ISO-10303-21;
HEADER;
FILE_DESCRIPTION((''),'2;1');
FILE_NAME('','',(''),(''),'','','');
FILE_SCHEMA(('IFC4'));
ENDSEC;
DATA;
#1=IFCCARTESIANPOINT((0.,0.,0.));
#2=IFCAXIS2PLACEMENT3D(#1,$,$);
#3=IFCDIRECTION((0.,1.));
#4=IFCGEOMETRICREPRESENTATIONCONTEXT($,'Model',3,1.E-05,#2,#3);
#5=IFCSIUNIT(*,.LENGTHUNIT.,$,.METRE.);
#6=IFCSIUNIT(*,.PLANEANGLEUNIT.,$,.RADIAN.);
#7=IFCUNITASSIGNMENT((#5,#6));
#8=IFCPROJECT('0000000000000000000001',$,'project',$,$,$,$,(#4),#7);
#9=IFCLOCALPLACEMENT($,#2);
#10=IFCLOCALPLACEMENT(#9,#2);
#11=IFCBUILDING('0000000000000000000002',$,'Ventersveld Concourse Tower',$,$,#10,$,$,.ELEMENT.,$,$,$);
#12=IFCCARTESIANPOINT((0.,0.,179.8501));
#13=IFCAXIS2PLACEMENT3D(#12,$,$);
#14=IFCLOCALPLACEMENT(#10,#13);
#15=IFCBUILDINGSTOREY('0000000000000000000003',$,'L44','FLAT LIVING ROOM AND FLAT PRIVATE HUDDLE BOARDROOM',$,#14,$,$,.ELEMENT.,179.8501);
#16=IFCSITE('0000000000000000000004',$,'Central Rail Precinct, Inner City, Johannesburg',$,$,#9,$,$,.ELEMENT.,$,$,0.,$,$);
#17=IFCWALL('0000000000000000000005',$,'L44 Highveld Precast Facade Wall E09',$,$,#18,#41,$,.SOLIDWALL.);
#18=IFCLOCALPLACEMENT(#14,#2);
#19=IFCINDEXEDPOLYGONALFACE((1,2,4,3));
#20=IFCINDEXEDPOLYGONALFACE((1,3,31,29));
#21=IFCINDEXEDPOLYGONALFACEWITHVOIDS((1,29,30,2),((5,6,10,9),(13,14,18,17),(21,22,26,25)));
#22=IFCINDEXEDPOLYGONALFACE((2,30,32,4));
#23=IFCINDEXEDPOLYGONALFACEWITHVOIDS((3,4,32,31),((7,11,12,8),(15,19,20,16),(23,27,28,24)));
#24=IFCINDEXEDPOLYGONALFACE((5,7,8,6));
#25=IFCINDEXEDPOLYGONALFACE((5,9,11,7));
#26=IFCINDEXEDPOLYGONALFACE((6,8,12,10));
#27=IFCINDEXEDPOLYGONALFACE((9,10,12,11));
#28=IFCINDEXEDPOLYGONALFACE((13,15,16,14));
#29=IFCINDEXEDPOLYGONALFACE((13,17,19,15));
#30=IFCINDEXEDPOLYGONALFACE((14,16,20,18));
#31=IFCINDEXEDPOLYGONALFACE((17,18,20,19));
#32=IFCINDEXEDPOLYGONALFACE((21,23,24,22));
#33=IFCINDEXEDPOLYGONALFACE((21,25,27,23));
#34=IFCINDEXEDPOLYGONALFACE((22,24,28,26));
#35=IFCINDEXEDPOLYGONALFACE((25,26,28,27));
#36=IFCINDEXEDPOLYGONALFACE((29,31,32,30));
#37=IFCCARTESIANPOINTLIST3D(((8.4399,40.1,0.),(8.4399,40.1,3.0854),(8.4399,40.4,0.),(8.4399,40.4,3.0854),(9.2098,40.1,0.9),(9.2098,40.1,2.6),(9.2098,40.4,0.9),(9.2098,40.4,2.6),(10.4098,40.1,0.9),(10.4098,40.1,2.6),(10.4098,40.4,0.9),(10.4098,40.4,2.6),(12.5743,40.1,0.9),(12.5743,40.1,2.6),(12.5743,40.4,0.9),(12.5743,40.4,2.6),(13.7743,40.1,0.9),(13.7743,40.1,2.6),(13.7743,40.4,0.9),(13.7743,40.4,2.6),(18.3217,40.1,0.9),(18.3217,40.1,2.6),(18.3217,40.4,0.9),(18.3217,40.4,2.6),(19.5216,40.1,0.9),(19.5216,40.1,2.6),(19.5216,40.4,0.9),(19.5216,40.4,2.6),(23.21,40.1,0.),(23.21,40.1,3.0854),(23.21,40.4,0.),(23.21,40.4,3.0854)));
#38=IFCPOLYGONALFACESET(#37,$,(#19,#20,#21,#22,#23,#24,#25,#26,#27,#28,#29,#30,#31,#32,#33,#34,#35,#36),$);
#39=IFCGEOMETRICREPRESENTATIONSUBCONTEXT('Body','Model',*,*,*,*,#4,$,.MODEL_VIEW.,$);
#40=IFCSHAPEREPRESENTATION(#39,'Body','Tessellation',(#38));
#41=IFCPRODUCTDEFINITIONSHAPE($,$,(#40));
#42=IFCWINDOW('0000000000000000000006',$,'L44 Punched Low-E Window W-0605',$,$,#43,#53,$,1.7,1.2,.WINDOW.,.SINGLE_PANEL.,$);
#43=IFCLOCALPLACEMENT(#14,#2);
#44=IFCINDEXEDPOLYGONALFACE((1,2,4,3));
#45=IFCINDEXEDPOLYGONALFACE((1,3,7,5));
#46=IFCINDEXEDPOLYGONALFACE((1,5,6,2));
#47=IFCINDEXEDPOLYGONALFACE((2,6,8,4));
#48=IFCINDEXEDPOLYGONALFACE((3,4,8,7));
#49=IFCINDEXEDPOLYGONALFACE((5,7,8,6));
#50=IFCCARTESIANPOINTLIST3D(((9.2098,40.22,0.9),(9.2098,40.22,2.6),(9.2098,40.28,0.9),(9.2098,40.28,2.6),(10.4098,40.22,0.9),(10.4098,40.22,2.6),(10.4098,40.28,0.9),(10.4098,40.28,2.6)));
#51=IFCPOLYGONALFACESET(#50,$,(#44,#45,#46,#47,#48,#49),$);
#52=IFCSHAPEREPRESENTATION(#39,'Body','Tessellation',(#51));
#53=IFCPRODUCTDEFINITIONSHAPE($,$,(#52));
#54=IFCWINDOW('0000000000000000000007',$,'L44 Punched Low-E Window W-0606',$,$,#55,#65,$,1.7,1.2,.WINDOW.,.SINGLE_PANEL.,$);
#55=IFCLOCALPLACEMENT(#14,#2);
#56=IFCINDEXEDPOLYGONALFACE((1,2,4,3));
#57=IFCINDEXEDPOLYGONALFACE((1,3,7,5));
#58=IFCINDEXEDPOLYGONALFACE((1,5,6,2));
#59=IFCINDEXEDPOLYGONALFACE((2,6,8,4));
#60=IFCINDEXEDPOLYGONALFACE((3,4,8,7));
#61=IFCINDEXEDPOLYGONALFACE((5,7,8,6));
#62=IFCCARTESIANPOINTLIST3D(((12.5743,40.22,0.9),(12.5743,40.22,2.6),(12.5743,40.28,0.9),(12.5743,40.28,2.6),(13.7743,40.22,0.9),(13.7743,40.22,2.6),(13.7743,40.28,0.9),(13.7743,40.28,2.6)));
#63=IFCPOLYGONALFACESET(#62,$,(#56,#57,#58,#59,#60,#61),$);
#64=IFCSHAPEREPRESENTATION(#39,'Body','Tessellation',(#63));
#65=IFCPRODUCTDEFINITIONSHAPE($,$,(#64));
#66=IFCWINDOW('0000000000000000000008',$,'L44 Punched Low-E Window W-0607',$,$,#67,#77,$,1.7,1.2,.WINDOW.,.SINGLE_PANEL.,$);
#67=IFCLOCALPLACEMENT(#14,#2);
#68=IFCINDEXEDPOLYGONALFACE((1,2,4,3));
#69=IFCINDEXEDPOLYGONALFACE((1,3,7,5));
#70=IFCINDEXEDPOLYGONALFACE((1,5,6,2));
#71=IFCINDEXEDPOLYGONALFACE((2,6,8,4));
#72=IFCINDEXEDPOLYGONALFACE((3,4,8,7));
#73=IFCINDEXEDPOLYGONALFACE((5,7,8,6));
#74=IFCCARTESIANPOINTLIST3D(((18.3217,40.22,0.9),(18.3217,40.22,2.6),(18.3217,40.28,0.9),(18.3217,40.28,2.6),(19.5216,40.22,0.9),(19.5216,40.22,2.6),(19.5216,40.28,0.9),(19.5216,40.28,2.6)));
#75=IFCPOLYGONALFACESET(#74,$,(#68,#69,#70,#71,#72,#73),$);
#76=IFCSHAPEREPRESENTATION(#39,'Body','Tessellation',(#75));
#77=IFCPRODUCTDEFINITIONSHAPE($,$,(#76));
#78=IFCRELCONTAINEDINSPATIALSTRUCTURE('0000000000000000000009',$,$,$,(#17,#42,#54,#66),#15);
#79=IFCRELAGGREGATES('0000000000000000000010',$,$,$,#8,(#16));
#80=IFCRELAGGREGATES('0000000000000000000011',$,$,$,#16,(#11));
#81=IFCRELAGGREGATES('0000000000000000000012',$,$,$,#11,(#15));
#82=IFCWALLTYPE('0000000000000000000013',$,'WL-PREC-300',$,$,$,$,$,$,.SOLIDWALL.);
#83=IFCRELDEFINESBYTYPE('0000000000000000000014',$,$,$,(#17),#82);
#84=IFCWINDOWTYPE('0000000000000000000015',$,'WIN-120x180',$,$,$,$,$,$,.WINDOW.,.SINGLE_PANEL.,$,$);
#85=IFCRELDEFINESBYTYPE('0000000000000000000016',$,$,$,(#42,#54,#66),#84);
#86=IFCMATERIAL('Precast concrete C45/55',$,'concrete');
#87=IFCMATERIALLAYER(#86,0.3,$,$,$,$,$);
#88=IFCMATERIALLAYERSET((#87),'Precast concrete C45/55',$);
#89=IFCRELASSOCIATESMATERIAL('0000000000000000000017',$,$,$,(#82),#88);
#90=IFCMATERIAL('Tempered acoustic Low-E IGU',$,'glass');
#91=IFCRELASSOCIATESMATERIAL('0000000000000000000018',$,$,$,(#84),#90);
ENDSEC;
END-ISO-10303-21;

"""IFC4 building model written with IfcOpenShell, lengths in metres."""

from ifc_helpers import new_model, si_unit, direction, frame, frame_2d, origin, place, context, subcontext, project, spatial, rectangle, extrude, material, layer, layer_set, type_object, element, fill, save


model = new_model("IFC4")

# Units and contexts
model_context = context("Model", 3, precision=1e-05, world=origin(), true_north=direction((0.0, 1.0)))
body_context = subcontext(model_context, "Body", "Model", "MODEL_VIEW")
ifc_project = project(units=[si_unit("LENGTHUNIT", "METRE"), si_unit("PLANEANGLEUNIT", "RADIAN")], contexts=[model_context])

# Site, building, storey
site_placement = place(None, origin())
site = spatial("IfcSite", under=ifc_project, at=site_placement, Name="Central Rail Precinct, Inner City, Johannesburg", CompositionType="ELEMENT", RefElevation=0.0)
building_placement = place(site_placement, origin())
building = spatial("IfcBuilding", under=site, at=building_placement, Name="Ventersveld Concourse Tower", CompositionType="ELEMENT")
storey_placement = place(building_placement, frame((0.0, 0.0, 179.8501)))
storey = spatial("IfcBuildingStorey", under=building, at=storey_placement, Name="L44", Description="FLAT LIVING ROOM AND FLAT PRIVATE HUDDLE BOARDROOM", CompositionType="ELEMENT", Elevation=179.8501)

# Shared definitions
ifc_material_1 = material(Name="Precast concrete C45/55", Category="concrete")
ifc_layer_1 = layer(ifc_material_1, 0.3)
ifc_layer_set_1 = layer_set([ifc_layer_1], Name="Precast concrete C45/55")
wall_type_1 = type_object("IfcWallType", Name="WL-PREC-300", PredefinedType="SOLIDWALL", material=ifc_layer_set_1)
ifc_material_2 = material(Name="Tempered acoustic Low-E IGU", Category="glass")

# Wall, openings, windows
wall_1_placement = place(storey_placement, frame((23.21, 40.25, 0.0), z_axis=(0.0, 0.0, 1.0), x_axis=(-1.0, 0.0, 0.0)))
wall_1 = element("IfcWall", 1, at=wall_1_placement, inside=storey, type_object=wall_type_1, Name="L44 Highveld Precast Facade Wall E09", PredefinedType="SOLIDWALL", context=body_context, shape_type="SweptSolid", body=[
    extrude(rectangle(XDim=14.77, YDim=0.3, at=frame_2d((7.385, 0.0))), origin(), (0.0, 0.0, 1.0), 3.0854),
])
opening_1_placement = place(wall_1_placement, frame((12.8, 0.0, 0.8999)))
opening_1 = element("IfcOpeningElement", 2, at=opening_1_placement, cuts=wall_1, PredefinedType="OPENING", context=body_context, shape_type="SweptSolid", body=[
    extrude(rectangle(XDim=1.2, YDim=1.7, at=frame_2d((0.6001, 0.8501))), frame((0.0, 0.1602, 0.0), z_axis=(0.0, -1.0, 0.0), x_axis=(1.0, 0.0, 0.0)), (0.0, 0.0, 1.0), 0.3201),
])
opening_2_placement = place(wall_1_placement, frame((9.4355, 0.0, 0.8999)))
opening_2 = element("IfcOpeningElement", 3, at=opening_2_placement, cuts=wall_1, PredefinedType="OPENING", context=body_context, shape_type="SweptSolid", body=[
    extrude(rectangle(XDim=1.2, YDim=1.7, at=frame_2d((0.6001, 0.8501))), frame((0.0, 0.1602, 0.0), z_axis=(0.0, -1.0, 0.0), x_axis=(1.0, 0.0, 0.0)), (0.0, 0.0, 1.0), 0.3201),
])
opening_3_placement = place(wall_1_placement, frame((3.6882, 0.0, 0.8999)))
opening_3 = element("IfcOpeningElement", 4, at=opening_3_placement, cuts=wall_1, PredefinedType="OPENING", context=body_context, shape_type="SweptSolid", body=[
    extrude(rectangle(XDim=1.2, YDim=1.7, at=frame_2d((0.6001, 0.8501))), frame((0.0, 0.1602, 0.0), z_axis=(0.0, -1.0, 0.0), x_axis=(1.0, 0.0, 0.0)), (0.0, 0.0, 1.0), 0.3201),
])
window_type_1 = type_object("IfcWindowType", Name="WIN-120x180", PartitioningType="SINGLE_PANEL", PredefinedType="WINDOW", material=ifc_material_2)
window_1_placement = place(opening_1_placement, origin())
window_1 = element("IfcWindow", 5, at=window_1_placement, inside=storey, type_object=window_type_1, Name="L44 Punched Low-E Window W-0605", OverallHeight=1.7, OverallWidth=1.2, PartitioningType="SINGLE_PANEL", PredefinedType="WINDOW", context=body_context, shape_type="SweptSolid", body=[
    extrude(rectangle(XDim=1.2, YDim=1.7, at=frame_2d((0.6001, 0.8501))), frame((0.0, 0.03, 0.0), z_axis=(0.0, -1.0, 0.0), x_axis=(1.0, 0.0, 0.0)), (0.0, 0.0, 1.0), 0.0601),
])
fill(opening_1, window_1)
window_2_placement = place(opening_2_placement, origin())
window_2 = element("IfcWindow", 6, at=window_2_placement, inside=storey, type_object=window_type_1, Name="L44 Punched Low-E Window W-0606", OverallHeight=1.7, OverallWidth=1.2, PartitioningType="SINGLE_PANEL", PredefinedType="WINDOW", context=body_context, shape_type="SweptSolid", body=[
    extrude(rectangle(XDim=1.2, YDim=1.7, at=frame_2d((0.6001, 0.8501))), frame((0.0, 0.03, 0.0), z_axis=(0.0, -1.0, 0.0), x_axis=(1.0, 0.0, 0.0)), (0.0, 0.0, 1.0), 0.0601),
])
fill(opening_2, window_2)
window_3_placement = place(opening_3_placement, origin())
window_3 = element("IfcWindow", 7, at=window_3_placement, inside=storey, type_object=window_type_1, Name="L44 Punched Low-E Window W-0607", OverallHeight=1.7, OverallWidth=1.2, PartitioningType="SINGLE_PANEL", PredefinedType="WINDOW", context=body_context, shape_type="SweptSolid", body=[
    extrude(rectangle(XDim=1.2, YDim=1.7, at=frame_2d((0.6001, 0.8501))), frame((0.0, 0.03, 0.0), z_axis=(0.0, -1.0, 0.0), x_axis=(1.0, 0.0, 0.0)), (0.0, 0.0, 1.0), 0.0601),
])
fill(opening_3, window_3)

save(model, "model.ifc")
